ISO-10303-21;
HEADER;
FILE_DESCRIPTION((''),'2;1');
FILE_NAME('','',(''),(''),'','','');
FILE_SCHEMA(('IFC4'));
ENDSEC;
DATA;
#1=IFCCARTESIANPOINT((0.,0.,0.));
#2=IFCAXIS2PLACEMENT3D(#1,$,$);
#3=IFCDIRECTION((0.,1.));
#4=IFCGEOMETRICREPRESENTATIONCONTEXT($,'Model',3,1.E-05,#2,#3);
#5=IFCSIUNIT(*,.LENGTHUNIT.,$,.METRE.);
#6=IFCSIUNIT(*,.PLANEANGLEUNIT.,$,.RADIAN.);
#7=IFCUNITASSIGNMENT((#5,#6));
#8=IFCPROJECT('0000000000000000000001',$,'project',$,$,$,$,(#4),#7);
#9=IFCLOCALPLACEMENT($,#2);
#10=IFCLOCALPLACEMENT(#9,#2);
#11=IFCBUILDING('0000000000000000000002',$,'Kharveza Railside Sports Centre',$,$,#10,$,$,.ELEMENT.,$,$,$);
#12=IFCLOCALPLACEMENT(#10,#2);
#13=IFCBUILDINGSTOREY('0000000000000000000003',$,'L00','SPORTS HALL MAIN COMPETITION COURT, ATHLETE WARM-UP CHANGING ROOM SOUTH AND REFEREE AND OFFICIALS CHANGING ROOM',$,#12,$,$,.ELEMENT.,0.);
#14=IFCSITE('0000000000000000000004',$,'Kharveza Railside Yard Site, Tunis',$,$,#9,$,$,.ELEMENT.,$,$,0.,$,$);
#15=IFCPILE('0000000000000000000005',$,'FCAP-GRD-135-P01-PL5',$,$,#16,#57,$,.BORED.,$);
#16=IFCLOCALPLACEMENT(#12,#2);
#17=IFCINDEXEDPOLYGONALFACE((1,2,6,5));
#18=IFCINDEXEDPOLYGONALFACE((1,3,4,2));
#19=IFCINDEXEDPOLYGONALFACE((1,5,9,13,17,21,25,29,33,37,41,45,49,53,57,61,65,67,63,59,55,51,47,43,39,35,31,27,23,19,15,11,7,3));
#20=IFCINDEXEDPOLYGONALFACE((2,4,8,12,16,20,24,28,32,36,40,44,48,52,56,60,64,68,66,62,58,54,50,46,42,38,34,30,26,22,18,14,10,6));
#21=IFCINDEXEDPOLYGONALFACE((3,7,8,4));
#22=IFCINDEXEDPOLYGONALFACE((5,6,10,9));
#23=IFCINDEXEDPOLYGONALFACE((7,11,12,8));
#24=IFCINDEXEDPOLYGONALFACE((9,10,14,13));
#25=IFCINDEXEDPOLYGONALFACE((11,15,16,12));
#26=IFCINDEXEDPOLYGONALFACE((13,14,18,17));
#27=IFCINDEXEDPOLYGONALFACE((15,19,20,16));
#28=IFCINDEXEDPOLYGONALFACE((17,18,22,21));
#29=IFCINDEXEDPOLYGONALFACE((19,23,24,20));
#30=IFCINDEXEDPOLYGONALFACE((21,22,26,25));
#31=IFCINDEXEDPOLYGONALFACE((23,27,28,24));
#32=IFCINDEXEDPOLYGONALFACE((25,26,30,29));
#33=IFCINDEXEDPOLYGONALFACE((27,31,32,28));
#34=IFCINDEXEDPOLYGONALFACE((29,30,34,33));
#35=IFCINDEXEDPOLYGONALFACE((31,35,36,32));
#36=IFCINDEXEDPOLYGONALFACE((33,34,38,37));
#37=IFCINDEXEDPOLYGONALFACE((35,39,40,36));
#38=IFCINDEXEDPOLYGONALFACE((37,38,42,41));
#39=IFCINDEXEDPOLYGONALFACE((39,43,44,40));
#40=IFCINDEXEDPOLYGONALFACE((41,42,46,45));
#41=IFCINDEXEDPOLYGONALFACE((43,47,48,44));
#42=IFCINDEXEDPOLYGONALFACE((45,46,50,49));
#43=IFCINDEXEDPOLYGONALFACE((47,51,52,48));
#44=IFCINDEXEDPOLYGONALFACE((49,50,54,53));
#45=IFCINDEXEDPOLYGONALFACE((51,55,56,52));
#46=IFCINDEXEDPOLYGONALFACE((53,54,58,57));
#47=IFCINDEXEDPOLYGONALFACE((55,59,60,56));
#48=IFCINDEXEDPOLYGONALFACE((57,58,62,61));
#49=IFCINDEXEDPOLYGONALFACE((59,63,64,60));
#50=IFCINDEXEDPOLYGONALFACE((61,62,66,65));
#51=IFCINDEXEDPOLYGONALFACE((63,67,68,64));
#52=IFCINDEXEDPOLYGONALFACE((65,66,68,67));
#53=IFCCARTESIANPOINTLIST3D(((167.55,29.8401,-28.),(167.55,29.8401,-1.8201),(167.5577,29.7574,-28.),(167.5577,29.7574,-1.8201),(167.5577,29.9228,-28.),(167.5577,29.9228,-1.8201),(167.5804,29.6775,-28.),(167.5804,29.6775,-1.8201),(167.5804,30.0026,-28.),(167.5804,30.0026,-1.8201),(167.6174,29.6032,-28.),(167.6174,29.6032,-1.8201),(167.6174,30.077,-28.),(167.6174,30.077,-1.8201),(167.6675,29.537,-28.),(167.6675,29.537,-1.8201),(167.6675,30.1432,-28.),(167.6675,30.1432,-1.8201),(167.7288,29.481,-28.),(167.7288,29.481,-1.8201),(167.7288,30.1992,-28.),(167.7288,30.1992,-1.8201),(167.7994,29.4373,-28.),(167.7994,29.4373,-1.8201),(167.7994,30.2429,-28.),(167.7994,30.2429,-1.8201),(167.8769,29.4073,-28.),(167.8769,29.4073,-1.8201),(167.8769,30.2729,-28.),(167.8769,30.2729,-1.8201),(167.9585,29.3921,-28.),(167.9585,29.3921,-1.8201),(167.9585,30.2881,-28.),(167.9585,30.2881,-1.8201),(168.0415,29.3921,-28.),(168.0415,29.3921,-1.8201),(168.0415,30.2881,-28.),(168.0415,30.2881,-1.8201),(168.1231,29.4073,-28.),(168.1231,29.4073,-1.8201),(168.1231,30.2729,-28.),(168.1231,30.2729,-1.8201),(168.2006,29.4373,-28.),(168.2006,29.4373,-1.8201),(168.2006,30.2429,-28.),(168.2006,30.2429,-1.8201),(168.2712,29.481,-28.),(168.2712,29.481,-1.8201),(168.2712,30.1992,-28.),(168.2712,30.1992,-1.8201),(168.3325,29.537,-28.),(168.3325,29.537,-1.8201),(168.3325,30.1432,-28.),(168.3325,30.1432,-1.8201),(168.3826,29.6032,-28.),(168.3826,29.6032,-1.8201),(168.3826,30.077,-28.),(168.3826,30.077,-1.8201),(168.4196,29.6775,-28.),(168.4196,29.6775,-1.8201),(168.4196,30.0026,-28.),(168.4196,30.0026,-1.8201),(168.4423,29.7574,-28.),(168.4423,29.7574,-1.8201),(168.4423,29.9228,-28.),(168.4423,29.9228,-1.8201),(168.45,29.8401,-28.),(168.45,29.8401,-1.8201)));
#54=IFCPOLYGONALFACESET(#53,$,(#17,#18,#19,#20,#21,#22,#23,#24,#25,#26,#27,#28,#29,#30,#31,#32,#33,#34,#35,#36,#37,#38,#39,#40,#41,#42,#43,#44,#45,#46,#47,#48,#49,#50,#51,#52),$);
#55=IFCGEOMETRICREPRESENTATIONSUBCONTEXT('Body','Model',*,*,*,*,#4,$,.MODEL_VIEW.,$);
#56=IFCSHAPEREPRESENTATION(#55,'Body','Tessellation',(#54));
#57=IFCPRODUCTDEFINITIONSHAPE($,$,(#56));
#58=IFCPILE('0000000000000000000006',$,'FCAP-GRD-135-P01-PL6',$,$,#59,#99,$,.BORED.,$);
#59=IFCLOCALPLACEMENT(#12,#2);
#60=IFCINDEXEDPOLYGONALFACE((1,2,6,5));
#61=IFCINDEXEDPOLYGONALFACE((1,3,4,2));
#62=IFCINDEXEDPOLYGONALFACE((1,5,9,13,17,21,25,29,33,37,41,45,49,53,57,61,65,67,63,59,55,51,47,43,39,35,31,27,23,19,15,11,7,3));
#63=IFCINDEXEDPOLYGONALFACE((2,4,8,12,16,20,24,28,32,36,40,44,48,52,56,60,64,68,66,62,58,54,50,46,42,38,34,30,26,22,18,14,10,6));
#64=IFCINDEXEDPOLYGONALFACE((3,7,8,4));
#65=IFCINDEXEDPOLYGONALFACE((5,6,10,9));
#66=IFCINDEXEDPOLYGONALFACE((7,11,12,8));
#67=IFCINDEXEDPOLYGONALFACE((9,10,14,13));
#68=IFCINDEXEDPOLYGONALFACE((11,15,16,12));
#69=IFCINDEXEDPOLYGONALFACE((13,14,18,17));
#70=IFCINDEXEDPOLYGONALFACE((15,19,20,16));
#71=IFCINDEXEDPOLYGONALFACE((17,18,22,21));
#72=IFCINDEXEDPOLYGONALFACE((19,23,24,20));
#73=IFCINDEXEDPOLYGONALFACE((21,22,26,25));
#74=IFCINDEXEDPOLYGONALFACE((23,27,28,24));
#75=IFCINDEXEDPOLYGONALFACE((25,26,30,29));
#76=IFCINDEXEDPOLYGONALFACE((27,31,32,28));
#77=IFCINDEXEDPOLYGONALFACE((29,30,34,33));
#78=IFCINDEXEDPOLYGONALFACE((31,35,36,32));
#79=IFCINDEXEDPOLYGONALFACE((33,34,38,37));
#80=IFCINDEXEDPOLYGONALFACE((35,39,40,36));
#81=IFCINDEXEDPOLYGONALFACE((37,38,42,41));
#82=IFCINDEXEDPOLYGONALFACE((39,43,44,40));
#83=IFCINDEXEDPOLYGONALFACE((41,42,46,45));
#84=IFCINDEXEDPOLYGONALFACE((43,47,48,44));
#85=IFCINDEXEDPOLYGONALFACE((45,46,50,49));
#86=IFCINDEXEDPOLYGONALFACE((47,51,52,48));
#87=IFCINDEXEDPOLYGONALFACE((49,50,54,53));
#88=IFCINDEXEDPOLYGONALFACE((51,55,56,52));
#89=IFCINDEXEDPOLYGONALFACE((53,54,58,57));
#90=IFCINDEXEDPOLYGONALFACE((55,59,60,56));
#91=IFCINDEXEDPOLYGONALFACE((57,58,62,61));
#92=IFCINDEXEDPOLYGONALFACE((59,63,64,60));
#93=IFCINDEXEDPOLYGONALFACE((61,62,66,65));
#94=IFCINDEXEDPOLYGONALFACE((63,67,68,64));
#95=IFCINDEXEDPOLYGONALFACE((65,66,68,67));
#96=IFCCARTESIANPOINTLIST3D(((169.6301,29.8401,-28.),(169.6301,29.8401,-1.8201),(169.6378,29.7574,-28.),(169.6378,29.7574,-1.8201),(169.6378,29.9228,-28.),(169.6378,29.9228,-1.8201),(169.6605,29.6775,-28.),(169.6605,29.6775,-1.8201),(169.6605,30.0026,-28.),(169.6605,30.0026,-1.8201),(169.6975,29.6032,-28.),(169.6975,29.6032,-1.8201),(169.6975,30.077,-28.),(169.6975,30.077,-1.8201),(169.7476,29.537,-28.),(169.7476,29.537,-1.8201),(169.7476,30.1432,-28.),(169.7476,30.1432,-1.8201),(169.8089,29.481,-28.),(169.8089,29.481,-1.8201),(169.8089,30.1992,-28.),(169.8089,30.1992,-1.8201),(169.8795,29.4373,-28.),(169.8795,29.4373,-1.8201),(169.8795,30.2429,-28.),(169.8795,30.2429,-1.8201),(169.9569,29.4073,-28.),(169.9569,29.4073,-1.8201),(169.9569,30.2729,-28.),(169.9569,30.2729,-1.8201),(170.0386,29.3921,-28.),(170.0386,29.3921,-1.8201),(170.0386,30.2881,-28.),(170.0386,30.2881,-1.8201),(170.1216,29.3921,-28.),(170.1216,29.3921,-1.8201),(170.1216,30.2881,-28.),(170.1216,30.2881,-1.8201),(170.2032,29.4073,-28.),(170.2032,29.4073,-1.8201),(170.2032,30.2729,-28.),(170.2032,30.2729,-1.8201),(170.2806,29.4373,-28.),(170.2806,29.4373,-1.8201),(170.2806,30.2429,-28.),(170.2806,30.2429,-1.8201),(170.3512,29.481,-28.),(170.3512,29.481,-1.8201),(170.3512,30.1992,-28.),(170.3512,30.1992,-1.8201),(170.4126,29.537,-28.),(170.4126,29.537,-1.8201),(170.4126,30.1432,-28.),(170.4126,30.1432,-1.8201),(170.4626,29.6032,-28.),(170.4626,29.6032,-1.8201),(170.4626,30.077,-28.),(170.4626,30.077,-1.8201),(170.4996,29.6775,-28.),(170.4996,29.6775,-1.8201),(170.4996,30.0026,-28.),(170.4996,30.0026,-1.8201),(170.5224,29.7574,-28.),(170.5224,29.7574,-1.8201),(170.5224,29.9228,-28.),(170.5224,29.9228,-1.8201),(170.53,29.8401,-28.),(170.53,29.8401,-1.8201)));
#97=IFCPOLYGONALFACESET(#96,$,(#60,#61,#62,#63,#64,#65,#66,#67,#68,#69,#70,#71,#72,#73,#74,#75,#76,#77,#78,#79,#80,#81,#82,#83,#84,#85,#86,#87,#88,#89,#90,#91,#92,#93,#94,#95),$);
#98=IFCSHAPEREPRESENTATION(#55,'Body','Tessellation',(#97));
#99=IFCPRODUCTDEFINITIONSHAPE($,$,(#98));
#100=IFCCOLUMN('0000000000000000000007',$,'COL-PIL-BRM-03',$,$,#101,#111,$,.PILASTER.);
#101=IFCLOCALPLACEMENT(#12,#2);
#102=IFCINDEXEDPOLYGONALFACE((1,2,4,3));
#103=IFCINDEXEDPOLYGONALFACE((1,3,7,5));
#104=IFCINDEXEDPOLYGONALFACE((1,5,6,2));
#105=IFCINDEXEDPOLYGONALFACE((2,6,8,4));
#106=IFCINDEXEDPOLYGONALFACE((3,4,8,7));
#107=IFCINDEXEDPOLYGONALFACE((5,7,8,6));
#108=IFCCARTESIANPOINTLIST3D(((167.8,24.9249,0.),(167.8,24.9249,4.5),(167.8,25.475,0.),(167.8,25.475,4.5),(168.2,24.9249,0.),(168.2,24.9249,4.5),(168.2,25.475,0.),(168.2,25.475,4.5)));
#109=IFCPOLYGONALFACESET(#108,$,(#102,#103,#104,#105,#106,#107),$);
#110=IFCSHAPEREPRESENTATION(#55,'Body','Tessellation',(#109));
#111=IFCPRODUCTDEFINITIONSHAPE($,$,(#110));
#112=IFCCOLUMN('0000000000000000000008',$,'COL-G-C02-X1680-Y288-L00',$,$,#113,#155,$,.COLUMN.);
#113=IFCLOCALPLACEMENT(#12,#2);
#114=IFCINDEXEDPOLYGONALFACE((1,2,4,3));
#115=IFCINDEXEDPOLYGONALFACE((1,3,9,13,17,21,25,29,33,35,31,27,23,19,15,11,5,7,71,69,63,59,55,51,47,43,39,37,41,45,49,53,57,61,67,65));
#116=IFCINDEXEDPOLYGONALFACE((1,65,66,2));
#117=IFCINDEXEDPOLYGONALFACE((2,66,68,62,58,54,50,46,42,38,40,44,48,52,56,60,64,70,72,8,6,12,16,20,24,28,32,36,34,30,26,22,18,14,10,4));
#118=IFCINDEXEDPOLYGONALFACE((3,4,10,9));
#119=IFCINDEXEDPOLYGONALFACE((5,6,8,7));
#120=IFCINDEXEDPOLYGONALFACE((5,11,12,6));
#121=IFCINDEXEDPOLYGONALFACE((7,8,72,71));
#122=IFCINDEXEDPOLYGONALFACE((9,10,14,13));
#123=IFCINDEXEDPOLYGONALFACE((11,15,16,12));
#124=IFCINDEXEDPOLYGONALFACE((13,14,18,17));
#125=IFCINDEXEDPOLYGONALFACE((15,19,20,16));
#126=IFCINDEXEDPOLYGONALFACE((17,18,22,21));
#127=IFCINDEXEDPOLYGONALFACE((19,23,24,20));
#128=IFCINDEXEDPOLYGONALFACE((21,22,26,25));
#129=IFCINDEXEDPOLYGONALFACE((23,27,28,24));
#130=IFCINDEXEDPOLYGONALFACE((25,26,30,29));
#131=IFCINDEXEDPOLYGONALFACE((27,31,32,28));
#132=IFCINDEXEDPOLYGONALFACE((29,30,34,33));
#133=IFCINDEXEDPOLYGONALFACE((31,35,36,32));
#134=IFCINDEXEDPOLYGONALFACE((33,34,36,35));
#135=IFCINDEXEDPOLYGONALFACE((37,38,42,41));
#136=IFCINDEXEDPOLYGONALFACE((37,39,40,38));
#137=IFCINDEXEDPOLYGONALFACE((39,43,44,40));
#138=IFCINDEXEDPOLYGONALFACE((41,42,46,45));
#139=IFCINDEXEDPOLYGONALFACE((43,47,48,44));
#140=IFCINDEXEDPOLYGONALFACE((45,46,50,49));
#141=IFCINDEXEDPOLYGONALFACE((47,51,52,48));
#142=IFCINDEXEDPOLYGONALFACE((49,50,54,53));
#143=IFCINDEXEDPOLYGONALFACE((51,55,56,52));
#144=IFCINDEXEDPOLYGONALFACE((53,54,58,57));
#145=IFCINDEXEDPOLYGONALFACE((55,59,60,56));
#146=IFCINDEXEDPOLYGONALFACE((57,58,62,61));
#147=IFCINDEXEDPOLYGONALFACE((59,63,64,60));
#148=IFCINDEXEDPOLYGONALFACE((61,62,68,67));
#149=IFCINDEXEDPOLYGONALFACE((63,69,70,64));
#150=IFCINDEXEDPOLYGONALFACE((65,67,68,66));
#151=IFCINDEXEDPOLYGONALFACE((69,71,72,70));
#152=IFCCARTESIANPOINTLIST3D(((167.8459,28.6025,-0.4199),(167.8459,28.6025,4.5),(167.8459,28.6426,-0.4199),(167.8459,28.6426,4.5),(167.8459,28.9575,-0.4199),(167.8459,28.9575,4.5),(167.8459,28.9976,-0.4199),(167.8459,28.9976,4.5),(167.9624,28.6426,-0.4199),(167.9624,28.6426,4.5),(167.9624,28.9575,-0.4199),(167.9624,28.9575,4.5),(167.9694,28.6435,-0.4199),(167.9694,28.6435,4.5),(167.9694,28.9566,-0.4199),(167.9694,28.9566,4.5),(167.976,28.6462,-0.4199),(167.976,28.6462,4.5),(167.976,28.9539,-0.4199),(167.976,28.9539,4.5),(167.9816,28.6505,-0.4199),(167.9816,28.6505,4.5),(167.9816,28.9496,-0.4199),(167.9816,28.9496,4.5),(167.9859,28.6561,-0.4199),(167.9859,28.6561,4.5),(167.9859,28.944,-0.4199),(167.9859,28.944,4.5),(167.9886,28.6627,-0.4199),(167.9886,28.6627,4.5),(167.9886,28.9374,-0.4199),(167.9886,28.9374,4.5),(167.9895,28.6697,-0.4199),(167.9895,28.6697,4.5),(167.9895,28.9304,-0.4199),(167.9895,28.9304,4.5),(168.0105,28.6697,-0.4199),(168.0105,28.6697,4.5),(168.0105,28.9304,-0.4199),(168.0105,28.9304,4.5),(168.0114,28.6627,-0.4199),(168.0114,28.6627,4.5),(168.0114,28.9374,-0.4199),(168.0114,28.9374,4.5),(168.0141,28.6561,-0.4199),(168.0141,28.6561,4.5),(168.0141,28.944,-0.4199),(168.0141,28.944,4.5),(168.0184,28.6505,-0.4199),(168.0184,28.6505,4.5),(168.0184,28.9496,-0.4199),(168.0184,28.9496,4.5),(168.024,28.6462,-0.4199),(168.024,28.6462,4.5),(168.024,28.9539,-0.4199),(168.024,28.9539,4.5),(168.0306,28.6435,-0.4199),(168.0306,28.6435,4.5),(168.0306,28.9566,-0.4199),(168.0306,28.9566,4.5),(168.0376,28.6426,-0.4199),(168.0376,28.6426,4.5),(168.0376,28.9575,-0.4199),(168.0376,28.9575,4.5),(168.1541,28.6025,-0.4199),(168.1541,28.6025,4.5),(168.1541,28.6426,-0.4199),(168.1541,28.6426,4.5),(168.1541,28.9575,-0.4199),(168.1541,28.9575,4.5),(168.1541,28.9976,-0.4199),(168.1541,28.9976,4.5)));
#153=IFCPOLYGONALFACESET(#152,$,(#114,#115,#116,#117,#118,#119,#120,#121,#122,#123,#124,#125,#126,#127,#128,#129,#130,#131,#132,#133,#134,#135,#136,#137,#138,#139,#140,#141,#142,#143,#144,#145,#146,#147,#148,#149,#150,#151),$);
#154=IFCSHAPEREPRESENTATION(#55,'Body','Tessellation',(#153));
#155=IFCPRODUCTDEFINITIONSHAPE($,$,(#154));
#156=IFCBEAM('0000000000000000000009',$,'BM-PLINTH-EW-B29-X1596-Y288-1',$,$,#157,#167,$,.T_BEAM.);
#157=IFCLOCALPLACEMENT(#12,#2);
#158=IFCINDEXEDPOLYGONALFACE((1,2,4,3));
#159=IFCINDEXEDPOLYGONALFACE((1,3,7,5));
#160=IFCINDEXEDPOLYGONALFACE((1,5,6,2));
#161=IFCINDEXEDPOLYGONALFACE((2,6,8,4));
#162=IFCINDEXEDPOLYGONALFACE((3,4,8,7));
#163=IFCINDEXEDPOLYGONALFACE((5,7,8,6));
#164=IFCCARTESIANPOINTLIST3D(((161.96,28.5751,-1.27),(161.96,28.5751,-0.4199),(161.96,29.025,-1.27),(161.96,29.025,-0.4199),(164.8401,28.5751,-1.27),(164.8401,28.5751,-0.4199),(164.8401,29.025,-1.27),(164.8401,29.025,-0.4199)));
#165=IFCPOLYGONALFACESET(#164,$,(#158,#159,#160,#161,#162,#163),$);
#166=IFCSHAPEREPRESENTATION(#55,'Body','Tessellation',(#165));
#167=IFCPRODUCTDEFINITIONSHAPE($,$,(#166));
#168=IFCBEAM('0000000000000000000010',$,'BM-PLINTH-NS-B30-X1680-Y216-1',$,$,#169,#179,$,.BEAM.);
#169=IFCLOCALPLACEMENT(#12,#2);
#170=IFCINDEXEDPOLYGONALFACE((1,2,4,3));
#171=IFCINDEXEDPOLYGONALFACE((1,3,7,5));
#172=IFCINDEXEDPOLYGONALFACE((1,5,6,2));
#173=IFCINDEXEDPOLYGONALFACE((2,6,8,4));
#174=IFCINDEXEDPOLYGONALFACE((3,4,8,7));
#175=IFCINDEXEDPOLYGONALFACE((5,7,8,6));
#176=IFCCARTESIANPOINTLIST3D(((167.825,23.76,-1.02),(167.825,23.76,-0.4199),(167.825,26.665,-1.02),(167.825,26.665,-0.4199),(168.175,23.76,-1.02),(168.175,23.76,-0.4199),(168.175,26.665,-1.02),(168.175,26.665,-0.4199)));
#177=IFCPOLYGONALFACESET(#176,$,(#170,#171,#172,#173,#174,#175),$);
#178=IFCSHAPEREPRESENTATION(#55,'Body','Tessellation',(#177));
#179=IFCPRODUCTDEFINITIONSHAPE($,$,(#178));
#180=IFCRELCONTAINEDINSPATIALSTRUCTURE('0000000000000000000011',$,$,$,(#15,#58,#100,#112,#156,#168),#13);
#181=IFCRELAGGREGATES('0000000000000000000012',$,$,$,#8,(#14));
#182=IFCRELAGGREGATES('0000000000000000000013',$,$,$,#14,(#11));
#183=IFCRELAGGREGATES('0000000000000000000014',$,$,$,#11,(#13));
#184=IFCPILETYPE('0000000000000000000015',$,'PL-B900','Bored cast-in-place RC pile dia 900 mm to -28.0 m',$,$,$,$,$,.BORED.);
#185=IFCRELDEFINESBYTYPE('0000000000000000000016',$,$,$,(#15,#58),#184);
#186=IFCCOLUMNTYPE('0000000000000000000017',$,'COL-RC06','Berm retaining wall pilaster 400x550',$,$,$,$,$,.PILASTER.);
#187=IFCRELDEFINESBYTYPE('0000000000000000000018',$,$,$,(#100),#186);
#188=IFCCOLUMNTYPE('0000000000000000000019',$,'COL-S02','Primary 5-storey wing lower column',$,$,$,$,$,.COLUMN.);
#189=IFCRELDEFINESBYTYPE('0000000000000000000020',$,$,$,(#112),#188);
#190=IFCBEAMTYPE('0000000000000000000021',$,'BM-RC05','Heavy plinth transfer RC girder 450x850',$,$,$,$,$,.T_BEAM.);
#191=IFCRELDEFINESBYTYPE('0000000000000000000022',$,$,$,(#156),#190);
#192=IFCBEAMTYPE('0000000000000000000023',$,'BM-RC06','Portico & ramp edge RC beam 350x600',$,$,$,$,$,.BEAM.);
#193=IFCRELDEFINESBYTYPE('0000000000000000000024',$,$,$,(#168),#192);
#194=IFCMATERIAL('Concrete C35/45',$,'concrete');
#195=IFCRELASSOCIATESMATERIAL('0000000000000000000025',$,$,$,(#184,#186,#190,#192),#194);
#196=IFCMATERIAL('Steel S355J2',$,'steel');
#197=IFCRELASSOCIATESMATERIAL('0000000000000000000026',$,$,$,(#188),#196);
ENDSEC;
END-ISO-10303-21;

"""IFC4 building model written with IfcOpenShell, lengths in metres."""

from ifc_helpers import new_model, si_unit, direction, frame, origin, origin_2d, place, context, subcontext, project, spatial, rectangle, circle, i_section, extrude, material, material_profile, profile_set, type_object, element, save


model = new_model("IFC4")

# Units and contexts
model_context = context("Model", 3, precision=1e-05, world=origin(), true_north=direction((0.0, 1.0)))
body_context = subcontext(model_context, "Body", "Model", "MODEL_VIEW")
ifc_project = project(units=[si_unit("LENGTHUNIT", "METRE"), si_unit("PLANEANGLEUNIT", "RADIAN")], contexts=[model_context])

# Site, building, storey
site_placement = place(None, origin())
site = spatial("IfcSite", under=ifc_project, at=site_placement, Name="Kharveza Railside Yard Site, Tunis", CompositionType="ELEMENT", RefElevation=0.0)
building_placement = place(site_placement, origin())
building = spatial("IfcBuilding", under=site, at=building_placement, Name="Kharveza Railside Sports Centre", CompositionType="ELEMENT")
storey_placement = place(building_placement, origin())
storey = spatial("IfcBuildingStorey", under=building, at=storey_placement, Name="L00", Description="SPORTS HALL MAIN COMPETITION COURT, ATHLETE WARM-UP CHANGING ROOM SOUTH AND REFEREE AND OFFICIALS CHANGING ROOM", CompositionType="ELEMENT", Elevation=0.0)

# Shared definitions
ifc_material_1 = material(Name="Concrete C35/45", Category="concrete")

# Piles
ifc_material_profile_1 = material_profile(ifc_material_1, circle(Radius=0.45, at=origin_2d()), Name="PILE D900")
ifc_profile_set_1 = profile_set([ifc_material_profile_1], Name="Concrete C35/45")
pile_type_1 = type_object("IfcPileType", Name="PL-B900", Description="Bored cast-in-place RC pile dia 900 mm to -28.0 m", PredefinedType="BORED", material=ifc_profile_set_1)
for number, where, z_axis, x_axis, name in (
    (1, (168.0, 29.8401, -1.8201), (0.0, 0.0, -1.0), (1.0, 0.0, 0.0), "FCAP-GRD-135-P01-PL5"),
    (2, (170.0801, 29.8401, -1.8201), (0.0, 0.0, -1.0), (1.0, 0.0, 0.0), "FCAP-GRD-135-P01-PL6"),
):
    element("IfcPile", number, at=place(storey_placement, frame(where, z_axis=z_axis, x_axis=x_axis)), inside=storey, type_object=pile_type_1, Name=name, PredefinedType="BORED", context=body_context, shape_type="SweptSolid", body=[
        extrude(circle(Radius=0.45, at=origin_2d()), origin(), (0.0, 0.0, 1.0), 26.1799),
    ])

# Columns
ifc_material_profile_2 = material_profile(ifc_material_1, rectangle(XDim=0.3999, YDim=0.55, at=origin_2d()), Name="RC 400x550")
ifc_profile_set_2 = profile_set([ifc_material_profile_2], Name="Concrete C35/45")
column_type_1 = type_object("IfcColumnType", Name="COL-RC06", Description="Berm retaining wall pilaster 400x550", PredefinedType="PILASTER", material=ifc_profile_set_2)
column_1_placement = place(storey_placement, frame((168.0, 25.2, 0.0), z_axis=(0.0, 0.0, 1.0), x_axis=(1.0, 0.0, 0.0)))
element("IfcColumn", 3, at=column_1_placement, inside=storey, type_object=column_type_1, Name="COL-PIL-BRM-03", PredefinedType="PILASTER", context=body_context, shape_type="SweptSolid", body=[
    extrude(rectangle(XDim=0.3999, YDim=0.55, at=origin_2d()), origin(), (0.0, 0.0, 1.0), 4.5),
])
ifc_material_2 = material(Name="Steel S355J2", Category="steel")
ifc_material_profile_3 = material_profile(ifc_material_2, i_section(OverallWidth=0.3081, OverallDepth=0.395, WebThickness=0.021, FlangeThickness=0.04, FilletRadius=0.0271, at=origin_2d()), Name="HEM 360")
ifc_profile_set_3 = profile_set([ifc_material_profile_3], Name="Steel S355J2")
column_type_2 = type_object("IfcColumnType", Name="COL-S02", Description="Primary 5-storey wing lower column", PredefinedType="COLUMN", material=ifc_profile_set_3)
column_2_placement = place(storey_placement, frame((168.0, 28.8, -0.4199), z_axis=(0.0, 0.0, 1.0), x_axis=(1.0, 0.0, 0.0)))
element("IfcColumn", 4, at=column_2_placement, inside=storey, type_object=column_type_2, Name="COL-G-C02-X1680-Y288-L00", PredefinedType="COLUMN", context=body_context, shape_type="SweptSolid", body=[
    extrude(i_section(OverallWidth=0.3081, OverallDepth=0.395, WebThickness=0.021, FlangeThickness=0.04, FilletRadius=0.0271, at=origin_2d()), origin(), (0.0, 0.0, 1.0), 4.9199),
])

# Beams
ifc_material_profile_4 = material_profile(ifc_material_1, rectangle(XDim=0.45, YDim=0.8501, at=origin_2d()), Name="RCB 450x850")
ifc_profile_set_4 = profile_set([ifc_material_profile_4], Name="Concrete C35/45")
beam_type_1 = type_object("IfcBeamType", Name="BM-RC05", Description="Heavy plinth transfer RC girder 450x850", PredefinedType="T_BEAM", material=ifc_profile_set_4)
beam_1_placement = place(storey_placement, frame((161.96, 28.8, -0.845), z_axis=(1.0, 0.0, 0.0), x_axis=(0.0, 1.0, 0.0)))
element("IfcBeam", 5, at=beam_1_placement, inside=storey, type_object=beam_type_1, Name="BM-PLINTH-EW-B29-X1596-Y288-1", PredefinedType="T_BEAM", context=body_context, shape_type="SweptSolid", body=[
    extrude(rectangle(XDim=0.45, YDim=0.8501, at=origin_2d()), origin(), (0.0, 0.0, 1.0), 2.8801),
])
ifc_material_profile_5 = material_profile(ifc_material_1, rectangle(XDim=0.3501, YDim=0.6001, at=origin_2d()), Name="RCB 350x600")
ifc_profile_set_5 = profile_set([ifc_material_profile_5], Name="Concrete C35/45")
beam_type_2 = type_object("IfcBeamType", Name="BM-RC06", Description="Portico & ramp edge RC beam 350x600", PredefinedType="BEAM", material=ifc_profile_set_5)
beam_2_placement = place(storey_placement, frame((168.0, 23.76, -0.72), z_axis=(0.0, 1.0, 0.0), x_axis=(-1.0, 0.0, 0.0)))
element("IfcBeam", 6, at=beam_2_placement, inside=storey, type_object=beam_type_2, Name="BM-PLINTH-NS-B30-X1680-Y216-1", PredefinedType="BEAM", context=body_context, shape_type="SweptSolid", body=[
    extrude(rectangle(XDim=0.3501, YDim=0.6001, at=origin_2d()), origin(), (0.0, 0.0, 1.0), 2.905),
])

save(model, "model.ifc")
